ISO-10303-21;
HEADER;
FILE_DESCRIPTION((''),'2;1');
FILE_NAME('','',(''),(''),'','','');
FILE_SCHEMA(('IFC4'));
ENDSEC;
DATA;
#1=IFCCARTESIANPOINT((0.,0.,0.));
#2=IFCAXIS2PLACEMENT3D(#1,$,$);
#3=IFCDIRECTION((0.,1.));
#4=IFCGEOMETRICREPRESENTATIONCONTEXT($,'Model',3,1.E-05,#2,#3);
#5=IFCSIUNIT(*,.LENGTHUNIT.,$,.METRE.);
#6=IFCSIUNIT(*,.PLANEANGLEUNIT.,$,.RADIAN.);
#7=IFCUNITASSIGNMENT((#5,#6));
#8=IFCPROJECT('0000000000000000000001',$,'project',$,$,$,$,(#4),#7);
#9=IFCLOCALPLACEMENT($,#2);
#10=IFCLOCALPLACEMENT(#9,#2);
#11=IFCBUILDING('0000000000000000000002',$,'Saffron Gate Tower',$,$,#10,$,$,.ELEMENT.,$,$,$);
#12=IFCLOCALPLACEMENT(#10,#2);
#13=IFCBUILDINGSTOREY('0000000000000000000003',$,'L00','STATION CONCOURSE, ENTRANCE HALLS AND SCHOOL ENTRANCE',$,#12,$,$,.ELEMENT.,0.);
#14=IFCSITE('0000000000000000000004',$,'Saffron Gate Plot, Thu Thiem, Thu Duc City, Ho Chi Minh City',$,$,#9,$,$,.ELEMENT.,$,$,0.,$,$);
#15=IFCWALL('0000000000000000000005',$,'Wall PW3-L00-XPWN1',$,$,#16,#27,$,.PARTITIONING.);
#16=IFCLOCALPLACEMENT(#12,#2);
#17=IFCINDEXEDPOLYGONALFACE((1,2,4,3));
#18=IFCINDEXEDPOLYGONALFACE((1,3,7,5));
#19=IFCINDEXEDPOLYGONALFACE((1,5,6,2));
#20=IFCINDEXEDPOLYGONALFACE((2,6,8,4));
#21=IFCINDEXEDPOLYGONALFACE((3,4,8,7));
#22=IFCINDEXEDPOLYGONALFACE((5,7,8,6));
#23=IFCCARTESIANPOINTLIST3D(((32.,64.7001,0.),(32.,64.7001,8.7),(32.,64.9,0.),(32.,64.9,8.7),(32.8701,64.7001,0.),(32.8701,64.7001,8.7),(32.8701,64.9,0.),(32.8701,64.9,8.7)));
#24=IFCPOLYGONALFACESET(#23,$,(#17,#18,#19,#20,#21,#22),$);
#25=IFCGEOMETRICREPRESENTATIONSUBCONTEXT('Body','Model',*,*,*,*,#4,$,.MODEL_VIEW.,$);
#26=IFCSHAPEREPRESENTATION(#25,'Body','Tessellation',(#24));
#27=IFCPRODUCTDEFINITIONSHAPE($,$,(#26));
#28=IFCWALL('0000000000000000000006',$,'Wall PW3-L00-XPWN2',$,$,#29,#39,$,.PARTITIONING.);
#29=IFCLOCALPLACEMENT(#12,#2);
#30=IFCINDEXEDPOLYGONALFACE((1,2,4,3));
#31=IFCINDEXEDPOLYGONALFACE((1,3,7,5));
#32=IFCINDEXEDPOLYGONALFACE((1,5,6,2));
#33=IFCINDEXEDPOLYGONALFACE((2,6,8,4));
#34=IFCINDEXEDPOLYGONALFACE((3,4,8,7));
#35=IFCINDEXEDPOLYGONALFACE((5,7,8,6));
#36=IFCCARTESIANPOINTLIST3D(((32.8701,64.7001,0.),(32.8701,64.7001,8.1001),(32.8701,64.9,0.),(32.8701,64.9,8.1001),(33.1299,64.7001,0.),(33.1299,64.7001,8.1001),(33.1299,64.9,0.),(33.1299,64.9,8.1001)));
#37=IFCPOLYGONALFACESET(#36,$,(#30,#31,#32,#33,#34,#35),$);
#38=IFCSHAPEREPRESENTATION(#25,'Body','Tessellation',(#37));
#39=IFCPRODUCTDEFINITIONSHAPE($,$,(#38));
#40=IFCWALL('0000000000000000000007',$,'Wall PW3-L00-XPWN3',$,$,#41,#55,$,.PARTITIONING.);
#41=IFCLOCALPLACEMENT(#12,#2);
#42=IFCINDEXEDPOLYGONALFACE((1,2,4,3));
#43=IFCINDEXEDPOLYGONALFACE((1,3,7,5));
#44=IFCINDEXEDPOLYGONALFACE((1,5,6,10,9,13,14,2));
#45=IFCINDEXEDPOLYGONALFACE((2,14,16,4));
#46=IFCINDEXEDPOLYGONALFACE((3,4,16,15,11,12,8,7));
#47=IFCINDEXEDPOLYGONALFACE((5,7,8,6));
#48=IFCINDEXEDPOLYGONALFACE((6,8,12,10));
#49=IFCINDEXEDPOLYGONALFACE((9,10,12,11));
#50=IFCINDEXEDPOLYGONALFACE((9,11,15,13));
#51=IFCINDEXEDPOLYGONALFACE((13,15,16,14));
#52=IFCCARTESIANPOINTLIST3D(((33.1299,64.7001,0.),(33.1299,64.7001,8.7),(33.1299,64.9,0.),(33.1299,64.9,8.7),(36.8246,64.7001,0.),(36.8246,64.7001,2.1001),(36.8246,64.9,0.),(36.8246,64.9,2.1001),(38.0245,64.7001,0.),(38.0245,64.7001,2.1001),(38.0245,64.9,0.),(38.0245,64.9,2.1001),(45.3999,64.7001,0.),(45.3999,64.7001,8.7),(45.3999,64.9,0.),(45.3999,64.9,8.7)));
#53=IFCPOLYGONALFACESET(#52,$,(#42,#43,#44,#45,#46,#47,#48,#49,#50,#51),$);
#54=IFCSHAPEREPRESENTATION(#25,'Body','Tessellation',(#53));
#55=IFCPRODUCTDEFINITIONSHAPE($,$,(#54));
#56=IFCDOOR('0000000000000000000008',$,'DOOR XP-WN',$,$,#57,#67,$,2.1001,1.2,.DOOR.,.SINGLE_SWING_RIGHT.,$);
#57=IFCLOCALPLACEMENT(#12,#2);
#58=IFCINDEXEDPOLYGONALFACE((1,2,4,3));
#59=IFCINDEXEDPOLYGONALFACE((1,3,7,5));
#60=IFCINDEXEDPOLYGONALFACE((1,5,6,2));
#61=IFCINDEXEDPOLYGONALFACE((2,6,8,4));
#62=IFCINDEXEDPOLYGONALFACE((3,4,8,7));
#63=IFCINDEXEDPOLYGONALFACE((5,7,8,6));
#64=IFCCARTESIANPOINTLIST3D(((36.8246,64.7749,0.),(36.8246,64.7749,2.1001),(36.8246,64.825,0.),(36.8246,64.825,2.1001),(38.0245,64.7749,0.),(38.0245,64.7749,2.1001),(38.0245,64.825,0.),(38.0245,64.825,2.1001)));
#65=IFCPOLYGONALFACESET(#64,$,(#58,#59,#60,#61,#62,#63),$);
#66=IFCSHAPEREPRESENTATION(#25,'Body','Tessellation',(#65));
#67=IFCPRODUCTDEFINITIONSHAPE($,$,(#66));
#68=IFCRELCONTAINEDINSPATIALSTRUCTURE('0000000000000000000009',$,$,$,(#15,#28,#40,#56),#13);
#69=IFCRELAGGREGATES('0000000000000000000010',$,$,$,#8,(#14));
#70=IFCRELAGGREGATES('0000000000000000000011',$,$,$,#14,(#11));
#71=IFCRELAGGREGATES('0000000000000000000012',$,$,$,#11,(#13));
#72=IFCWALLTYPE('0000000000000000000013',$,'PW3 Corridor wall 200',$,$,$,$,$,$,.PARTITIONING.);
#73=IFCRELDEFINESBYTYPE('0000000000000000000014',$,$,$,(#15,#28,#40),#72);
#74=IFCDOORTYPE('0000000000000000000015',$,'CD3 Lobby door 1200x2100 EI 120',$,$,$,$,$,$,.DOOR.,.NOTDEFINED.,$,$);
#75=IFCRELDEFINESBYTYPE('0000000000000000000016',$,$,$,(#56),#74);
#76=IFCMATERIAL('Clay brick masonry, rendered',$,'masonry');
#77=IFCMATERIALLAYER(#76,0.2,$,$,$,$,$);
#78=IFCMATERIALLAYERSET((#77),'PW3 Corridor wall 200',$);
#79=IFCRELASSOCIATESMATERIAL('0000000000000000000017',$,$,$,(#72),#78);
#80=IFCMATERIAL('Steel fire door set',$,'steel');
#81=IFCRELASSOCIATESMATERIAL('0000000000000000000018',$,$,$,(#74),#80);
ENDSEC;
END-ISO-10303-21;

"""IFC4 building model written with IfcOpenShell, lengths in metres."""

from ifc_helpers import new_model, si_unit, direction, frame, frame_2d, origin, place, context, subcontext, project, spatial, rectangle, extrude, material, layer, layer_set, type_object, element, fill, save


model = new_model("IFC4")

# Units and contexts
model_context = context("Model", 3, precision=1e-05, world=origin(), true_north=direction((0.0, 1.0)))
body_context = subcontext(model_context, "Body", "Model", "MODEL_VIEW")
ifc_project = project(units=[si_unit("LENGTHUNIT", "METRE"), si_unit("PLANEANGLEUNIT", "RADIAN")], contexts=[model_context])

# Site, building, storey
site_placement = place(None, origin())
site = spatial("IfcSite", under=ifc_project, at=site_placement, Name="Saffron Gate Plot, Thu Thiem, Thu Duc City, Ho Chi Minh City", CompositionType="ELEMENT", RefElevation=0.0)
building_placement = place(site_placement, origin())
building = spatial("IfcBuilding", under=site, at=building_placement, Name="Saffron Gate Tower", CompositionType="ELEMENT")
storey_placement = place(building_placement, origin())
storey = spatial("IfcBuildingStorey", under=building, at=storey_placement, Name="L00", Description="STATION CONCOURSE, ENTRANCE HALLS AND SCHOOL ENTRANCE", CompositionType="ELEMENT", Elevation=0.0)

# Shared definitions
ifc_material_1 = material(Name="Clay brick masonry, rendered", Category="masonry")
ifc_layer_1 = layer(ifc_material_1, 0.2)
ifc_layer_set_1 = layer_set([ifc_layer_1], Name="PW3 Corridor wall 200")
wall_type_1 = type_object("IfcWallType", Name="PW3 Corridor wall 200", PredefinedType="PARTITIONING", material=ifc_layer_set_1)

# Shared definitions
ifc_material_2 = material(Name="Steel fire door set", Category="steel")
door_type_1 = type_object("IfcDoorType", Name="CD3 Lobby door 1200x2100 EI 120", OperationType="NOTDEFINED", PredefinedType="DOOR", material=ifc_material_2)

# Walls
wall_1_placement = place(storey_placement, frame((32.0, 64.8, 0.0), z_axis=(0.0, 0.0, 1.0), x_axis=(1.0, 0.0, 0.0)))
element("IfcWall", 1, at=wall_1_placement, inside=storey, type_object=wall_type_1, Name="Wall PW3-L00-XPWN1", PredefinedType="PARTITIONING", context=body_context, shape_type="SweptSolid", body=[
    extrude(rectangle(XDim=0.8701, YDim=0.2, at=frame_2d((0.4351, 0.0))), origin(), (0.0, 0.0, 1.0), 8.7),
])
wall_2_placement = place(storey_placement, frame((32.8701, 64.8, 0.0), z_axis=(0.0, 0.0, 1.0), x_axis=(1.0, 0.0, 0.0)))
element("IfcWall", 2, at=wall_2_placement, inside=storey, type_object=wall_type_1, Name="Wall PW3-L00-XPWN2", PredefinedType="PARTITIONING", context=body_context, shape_type="SweptSolid", body=[
    extrude(rectangle(XDim=0.2598, YDim=0.2, at=frame_2d((0.1299, 0.0))), origin(), (0.0, 0.0, 1.0), 8.1001),
])

# Wall, opening, door
wall_3_placement = place(storey_placement, frame((33.1299, 64.8, 0.0), z_axis=(0.0, 0.0, 1.0), x_axis=(1.0, 0.0, 0.0)))
wall_3 = element("IfcWall", 3, at=wall_3_placement, inside=storey, type_object=wall_type_1, Name="Wall PW3-L00-XPWN3", PredefinedType="PARTITIONING", context=body_context, shape_type="SweptSolid", body=[
    extrude(rectangle(XDim=12.27, YDim=0.2, at=frame_2d((6.135, 0.0))), origin(), (0.0, 0.0, 1.0), 8.7),
])
opening_1_placement = place(wall_3_placement, frame((3.6946, 0.0, 0.0)))
opening_1 = element("IfcOpeningElement", 4, at=opening_1_placement, cuts=wall_3, PredefinedType="OPENING", context=body_context, shape_type="SweptSolid", body=[
    extrude(rectangle(XDim=1.2, YDim=2.1001, at=frame_2d((0.6001, 1.05))), frame((0.0, 0.1099, 0.0), z_axis=(0.0, -1.0, 0.0), x_axis=(1.0, 0.0, 0.0)), (0.0, 0.0, 1.0), 0.22),
])
door_1_placement = place(opening_1_placement, origin())
door_1 = element("IfcDoor", 5, at=door_1_placement, inside=storey, type_object=door_type_1, Name="DOOR XP-WN", OperationType="SINGLE_SWING_RIGHT", OverallHeight=2.1001, OverallWidth=1.2, PredefinedType="DOOR", context=body_context, shape_type="SweptSolid", body=[
    extrude(rectangle(XDim=1.2, YDim=2.1001, at=frame_2d((0.6001, 1.05))), frame((0.0, 0.0249, 0.0), z_axis=(0.0, -1.0, 0.0), x_axis=(1.0, 0.0, 0.0)), (0.0, 0.0, 1.0), 0.05),
])
fill(opening_1, door_1)

save(model, "model.ifc")
